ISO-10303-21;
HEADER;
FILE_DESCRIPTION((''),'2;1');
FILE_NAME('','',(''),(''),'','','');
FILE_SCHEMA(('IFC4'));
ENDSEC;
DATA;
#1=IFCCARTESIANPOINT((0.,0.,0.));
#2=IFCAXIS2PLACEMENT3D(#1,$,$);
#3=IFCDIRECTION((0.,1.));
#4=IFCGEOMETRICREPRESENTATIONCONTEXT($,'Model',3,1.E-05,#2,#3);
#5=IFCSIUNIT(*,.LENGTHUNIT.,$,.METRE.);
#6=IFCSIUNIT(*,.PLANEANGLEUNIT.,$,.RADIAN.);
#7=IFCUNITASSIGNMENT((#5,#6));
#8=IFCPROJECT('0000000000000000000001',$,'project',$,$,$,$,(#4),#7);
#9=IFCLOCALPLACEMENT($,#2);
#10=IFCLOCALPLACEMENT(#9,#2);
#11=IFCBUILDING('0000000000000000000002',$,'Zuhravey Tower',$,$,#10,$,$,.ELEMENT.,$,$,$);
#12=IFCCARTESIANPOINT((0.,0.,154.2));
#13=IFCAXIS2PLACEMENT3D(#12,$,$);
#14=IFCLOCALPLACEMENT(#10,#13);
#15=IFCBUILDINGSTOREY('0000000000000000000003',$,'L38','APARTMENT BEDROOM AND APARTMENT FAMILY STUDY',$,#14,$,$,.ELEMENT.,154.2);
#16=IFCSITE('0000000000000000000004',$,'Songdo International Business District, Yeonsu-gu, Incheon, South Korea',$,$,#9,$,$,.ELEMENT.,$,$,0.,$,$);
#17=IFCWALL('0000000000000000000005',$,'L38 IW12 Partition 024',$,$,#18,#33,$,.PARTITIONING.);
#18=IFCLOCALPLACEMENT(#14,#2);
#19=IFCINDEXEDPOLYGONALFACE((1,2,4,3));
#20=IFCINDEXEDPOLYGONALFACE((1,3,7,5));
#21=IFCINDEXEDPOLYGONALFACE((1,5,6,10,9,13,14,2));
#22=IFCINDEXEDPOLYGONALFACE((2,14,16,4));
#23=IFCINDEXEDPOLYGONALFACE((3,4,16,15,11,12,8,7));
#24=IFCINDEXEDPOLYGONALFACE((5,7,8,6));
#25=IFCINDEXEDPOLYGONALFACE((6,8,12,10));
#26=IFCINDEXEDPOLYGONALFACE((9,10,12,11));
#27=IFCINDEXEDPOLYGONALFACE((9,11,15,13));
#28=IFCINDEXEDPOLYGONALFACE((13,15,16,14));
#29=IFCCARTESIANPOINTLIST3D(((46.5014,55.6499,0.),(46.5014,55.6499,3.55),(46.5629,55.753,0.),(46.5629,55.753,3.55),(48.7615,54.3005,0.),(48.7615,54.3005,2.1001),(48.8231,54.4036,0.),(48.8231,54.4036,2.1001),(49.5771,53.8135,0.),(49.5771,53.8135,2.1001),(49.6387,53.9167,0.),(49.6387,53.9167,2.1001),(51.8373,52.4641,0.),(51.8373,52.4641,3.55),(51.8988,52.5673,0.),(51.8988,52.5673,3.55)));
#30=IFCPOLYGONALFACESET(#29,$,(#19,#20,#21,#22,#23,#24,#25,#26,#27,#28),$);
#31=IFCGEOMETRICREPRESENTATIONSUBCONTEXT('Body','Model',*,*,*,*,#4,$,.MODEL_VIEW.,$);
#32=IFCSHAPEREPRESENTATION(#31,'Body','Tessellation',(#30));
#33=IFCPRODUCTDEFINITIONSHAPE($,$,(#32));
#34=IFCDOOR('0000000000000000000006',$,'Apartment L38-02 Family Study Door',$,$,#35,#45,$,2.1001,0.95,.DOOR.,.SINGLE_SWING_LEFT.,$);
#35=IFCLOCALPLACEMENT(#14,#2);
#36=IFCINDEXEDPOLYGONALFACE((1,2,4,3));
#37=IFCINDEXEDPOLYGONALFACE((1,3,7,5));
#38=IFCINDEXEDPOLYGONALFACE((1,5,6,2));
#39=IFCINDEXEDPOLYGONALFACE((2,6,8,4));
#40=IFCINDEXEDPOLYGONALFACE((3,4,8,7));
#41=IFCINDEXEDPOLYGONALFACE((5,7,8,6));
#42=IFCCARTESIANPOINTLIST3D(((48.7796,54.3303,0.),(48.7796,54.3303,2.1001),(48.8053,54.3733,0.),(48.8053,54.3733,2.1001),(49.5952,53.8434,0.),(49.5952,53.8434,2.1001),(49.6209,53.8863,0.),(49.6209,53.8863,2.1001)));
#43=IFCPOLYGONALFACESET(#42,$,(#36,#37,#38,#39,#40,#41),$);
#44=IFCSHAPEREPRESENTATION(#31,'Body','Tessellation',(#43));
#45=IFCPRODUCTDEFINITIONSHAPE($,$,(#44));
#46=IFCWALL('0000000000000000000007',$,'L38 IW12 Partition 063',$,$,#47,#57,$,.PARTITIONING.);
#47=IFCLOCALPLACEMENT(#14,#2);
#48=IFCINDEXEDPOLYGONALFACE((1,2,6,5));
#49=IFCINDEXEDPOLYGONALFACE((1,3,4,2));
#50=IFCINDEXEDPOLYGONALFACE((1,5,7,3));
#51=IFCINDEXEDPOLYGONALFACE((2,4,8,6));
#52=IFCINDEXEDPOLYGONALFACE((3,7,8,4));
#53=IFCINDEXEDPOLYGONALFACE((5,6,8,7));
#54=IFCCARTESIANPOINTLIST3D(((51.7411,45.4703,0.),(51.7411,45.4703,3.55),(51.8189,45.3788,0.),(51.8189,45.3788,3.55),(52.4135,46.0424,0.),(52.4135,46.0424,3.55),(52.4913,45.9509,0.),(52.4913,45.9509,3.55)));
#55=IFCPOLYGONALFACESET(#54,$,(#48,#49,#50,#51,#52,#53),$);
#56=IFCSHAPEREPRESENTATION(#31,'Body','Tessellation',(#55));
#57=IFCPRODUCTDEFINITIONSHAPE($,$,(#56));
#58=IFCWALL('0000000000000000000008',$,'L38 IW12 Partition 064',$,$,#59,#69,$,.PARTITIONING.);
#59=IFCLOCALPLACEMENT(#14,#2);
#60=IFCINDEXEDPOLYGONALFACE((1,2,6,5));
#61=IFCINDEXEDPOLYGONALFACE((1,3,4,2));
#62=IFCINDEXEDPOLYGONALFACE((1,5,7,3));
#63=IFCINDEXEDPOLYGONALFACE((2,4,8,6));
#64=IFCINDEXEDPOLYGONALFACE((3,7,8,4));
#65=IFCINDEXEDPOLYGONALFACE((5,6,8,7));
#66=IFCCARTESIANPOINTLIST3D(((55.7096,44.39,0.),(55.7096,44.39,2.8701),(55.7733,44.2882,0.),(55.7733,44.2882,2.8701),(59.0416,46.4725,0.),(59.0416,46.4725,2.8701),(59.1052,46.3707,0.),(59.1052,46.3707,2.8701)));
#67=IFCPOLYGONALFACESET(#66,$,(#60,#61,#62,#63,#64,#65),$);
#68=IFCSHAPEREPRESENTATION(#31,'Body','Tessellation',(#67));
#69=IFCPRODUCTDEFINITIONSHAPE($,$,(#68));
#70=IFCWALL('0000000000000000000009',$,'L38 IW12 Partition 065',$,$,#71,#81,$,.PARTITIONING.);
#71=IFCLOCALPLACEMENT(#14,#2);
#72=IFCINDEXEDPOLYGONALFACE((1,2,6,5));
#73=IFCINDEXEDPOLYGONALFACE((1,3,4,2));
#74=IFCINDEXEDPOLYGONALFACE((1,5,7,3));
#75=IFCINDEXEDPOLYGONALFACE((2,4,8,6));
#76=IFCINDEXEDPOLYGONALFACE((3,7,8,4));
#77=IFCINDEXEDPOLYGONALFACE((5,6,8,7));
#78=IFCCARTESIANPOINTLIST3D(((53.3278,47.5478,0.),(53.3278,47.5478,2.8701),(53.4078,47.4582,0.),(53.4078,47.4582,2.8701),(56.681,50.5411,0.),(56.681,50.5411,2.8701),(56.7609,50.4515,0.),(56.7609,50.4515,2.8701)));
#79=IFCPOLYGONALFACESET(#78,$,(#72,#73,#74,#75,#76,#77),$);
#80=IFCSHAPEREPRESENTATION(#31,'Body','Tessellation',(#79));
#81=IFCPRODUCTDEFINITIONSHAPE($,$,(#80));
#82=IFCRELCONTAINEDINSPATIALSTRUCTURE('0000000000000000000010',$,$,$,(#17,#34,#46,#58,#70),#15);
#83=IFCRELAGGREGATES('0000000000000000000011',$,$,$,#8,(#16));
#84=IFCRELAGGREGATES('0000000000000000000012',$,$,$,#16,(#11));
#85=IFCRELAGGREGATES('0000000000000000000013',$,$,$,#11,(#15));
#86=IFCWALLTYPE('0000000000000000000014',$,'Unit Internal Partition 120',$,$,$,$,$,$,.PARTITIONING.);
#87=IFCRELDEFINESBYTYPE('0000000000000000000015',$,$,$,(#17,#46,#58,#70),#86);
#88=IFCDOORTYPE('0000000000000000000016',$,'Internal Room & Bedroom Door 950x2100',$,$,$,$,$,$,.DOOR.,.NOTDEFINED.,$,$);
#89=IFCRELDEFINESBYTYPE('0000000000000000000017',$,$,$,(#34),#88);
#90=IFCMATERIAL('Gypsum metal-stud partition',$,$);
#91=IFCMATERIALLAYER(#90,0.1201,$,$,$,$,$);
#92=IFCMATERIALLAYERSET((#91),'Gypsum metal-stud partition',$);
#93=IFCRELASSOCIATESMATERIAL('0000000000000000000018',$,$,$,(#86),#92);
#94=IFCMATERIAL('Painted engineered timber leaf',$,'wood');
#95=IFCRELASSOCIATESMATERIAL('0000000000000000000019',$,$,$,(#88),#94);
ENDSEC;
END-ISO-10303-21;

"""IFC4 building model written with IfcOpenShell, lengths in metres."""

from ifc_helpers import new_model, si_unit, direction, frame, frame_2d, origin, place, context, subcontext, project, spatial, rectangle, extrude, material, layer, layer_set, type_object, element, fill, save


model = new_model("IFC4")

# Units and contexts
model_context = context("Model", 3, precision=1e-05, world=origin(), true_north=direction((0.0, 1.0)))
body_context = subcontext(model_context, "Body", "Model", "MODEL_VIEW")
ifc_project = project(units=[si_unit("LENGTHUNIT", "METRE"), si_unit("PLANEANGLEUNIT", "RADIAN")], contexts=[model_context])

# Site, building, storey
site_placement = place(None, origin())
site = spatial("IfcSite", under=ifc_project, at=site_placement, Name="Songdo International Business District, Yeonsu-gu, Incheon, South Korea", CompositionType="ELEMENT", RefElevation=0.0)
building_placement = place(site_placement, origin())
building = spatial("IfcBuilding", under=site, at=building_placement, Name="Zuhravey Tower", CompositionType="ELEMENT")
storey_placement = place(building_placement, frame((0.0, 0.0, 154.2)))
storey = spatial("IfcBuildingStorey", under=building, at=storey_placement, Name="L38", Description="APARTMENT BEDROOM AND APARTMENT FAMILY STUDY", CompositionType="ELEMENT", Elevation=154.2)

# Wall, opening, door
ifc_material_1 = material(Name="Gypsum metal-stud partition")
ifc_layer_1 = layer(ifc_material_1, 0.1201)
ifc_layer_set_1 = layer_set([ifc_layer_1], Name="Gypsum metal-stud partition")
wall_type_1 = type_object("IfcWallType", Name="Unit Internal Partition 120", PredefinedType="PARTITIONING", material=ifc_layer_set_1)
wall_1_placement = place(storey_placement, frame((51.8682, 52.5156, 0.0), z_axis=(0.0, 0.0, 1.0), x_axis=(-0.858611, 0.512629, 0.0)))
wall_1 = element("IfcWall", 1, at=wall_1_placement, inside=storey, type_object=wall_type_1, Name="L38 IW12 Partition 024", PredefinedType="PARTITIONING", context=body_context, shape_type="SweptSolid", body=[
    extrude(rectangle(XDim=6.2146, YDim=0.1201, at=frame_2d((3.1074, 0.0))), origin(), (0.0, 0.0, 1.0), 3.55),
])
opening_placement = place(wall_1_placement, frame((2.6323, 0.0, 0.0)))
opening = element("IfcOpeningElement", 2, at=opening_placement, cuts=wall_1, PredefinedType="OPENING", context=body_context, shape_type="SweptSolid", body=[
    extrude(rectangle(XDim=0.95, YDim=2.1001, at=frame_2d((0.4751, 1.05))), frame((0.0, 0.072, 0.0), z_axis=(0.0, -1.0, 0.0), x_axis=(1.0, 0.0, 0.0)), (0.0, 0.0, 1.0), 0.144),
])
ifc_material_2 = material(Name="Painted engineered timber leaf", Category="wood")
door_type = type_object("IfcDoorType", Name="Internal Room & Bedroom Door 950x2100", OperationType="NOTDEFINED", PredefinedType="DOOR", material=ifc_material_2)
door_placement = place(opening_placement, frame((0.95, 0.0, 0.0), z_axis=(0.0, 0.0, 1.0), x_axis=(-1.0, 0.0, 0.0)))
door = element("IfcDoor", 3, at=door_placement, inside=storey, type_object=door_type, Name="Apartment L38-02 Family Study Door", OperationType="SINGLE_SWING_LEFT", OverallHeight=2.1001, OverallWidth=0.95, PredefinedType="DOOR", context=body_context, shape_type="SweptSolid", body=[
    extrude(rectangle(XDim=0.95, YDim=2.1001, at=frame_2d((0.4751, 1.05))), frame((0.0, 0.0249, 0.0), z_axis=(0.0, -1.0, 0.0), x_axis=(1.0, 0.0, 0.0)), (0.0, 0.0, 1.0), 0.05),
])
fill(opening, door)

# Walls
wall_2_placement = place(storey_placement, frame((51.78, 45.4246, 0.0), z_axis=(0.0, 0.0, 1.0), x_axis=(0.761653, 0.647986, 0.0)))
element("IfcWall", 4, at=wall_2_placement, inside=storey, type_object=wall_type_1, Name="L38 IW12 Partition 063", PredefinedType="PARTITIONING", context=body_context, shape_type="SweptSolid", body=[
    extrude(rectangle(XDim=0.8828, YDim=0.1201, at=frame_2d((0.4414, 0.0))), origin(), (0.0, 0.0, 1.0), 3.55),
])
wall_3_placement = place(storey_placement, frame((55.7415, 44.3391, 0.0), z_axis=(0.0, 0.0, 1.0), x_axis=(0.847998, 0.529999, 0.0)))
element("IfcWall", 5, at=wall_3_placement, inside=storey, type_object=wall_type_1, Name="L38 IW12 Partition 064", PredefinedType="PARTITIONING", context=body_context, shape_type="SweptSolid", body=[
    extrude(rectangle(XDim=3.9292, YDim=0.1201, at=frame_2d((1.9646, 0.0))), origin(), (0.0, 0.0, 1.0), 2.8701),
])
wall_4_placement = place(storey_placement, frame((53.3677, 47.5029, 0.0), z_axis=(0.0, 0.0, 1.0), x_axis=(0.746002, 0.665943, 0.0)))
element("IfcWall", 6, at=wall_4_placement, inside=storey, type_object=wall_type_1, Name="L38 IW12 Partition 065", PredefinedType="PARTITIONING", context=body_context, shape_type="SweptSolid", body=[
    extrude(rectangle(XDim=4.4949, YDim=0.1201, at=frame_2d((2.2476, 0.0))), origin(), (0.0, 0.0, 1.0), 2.8701),
])

save(model, "model.ifc")
